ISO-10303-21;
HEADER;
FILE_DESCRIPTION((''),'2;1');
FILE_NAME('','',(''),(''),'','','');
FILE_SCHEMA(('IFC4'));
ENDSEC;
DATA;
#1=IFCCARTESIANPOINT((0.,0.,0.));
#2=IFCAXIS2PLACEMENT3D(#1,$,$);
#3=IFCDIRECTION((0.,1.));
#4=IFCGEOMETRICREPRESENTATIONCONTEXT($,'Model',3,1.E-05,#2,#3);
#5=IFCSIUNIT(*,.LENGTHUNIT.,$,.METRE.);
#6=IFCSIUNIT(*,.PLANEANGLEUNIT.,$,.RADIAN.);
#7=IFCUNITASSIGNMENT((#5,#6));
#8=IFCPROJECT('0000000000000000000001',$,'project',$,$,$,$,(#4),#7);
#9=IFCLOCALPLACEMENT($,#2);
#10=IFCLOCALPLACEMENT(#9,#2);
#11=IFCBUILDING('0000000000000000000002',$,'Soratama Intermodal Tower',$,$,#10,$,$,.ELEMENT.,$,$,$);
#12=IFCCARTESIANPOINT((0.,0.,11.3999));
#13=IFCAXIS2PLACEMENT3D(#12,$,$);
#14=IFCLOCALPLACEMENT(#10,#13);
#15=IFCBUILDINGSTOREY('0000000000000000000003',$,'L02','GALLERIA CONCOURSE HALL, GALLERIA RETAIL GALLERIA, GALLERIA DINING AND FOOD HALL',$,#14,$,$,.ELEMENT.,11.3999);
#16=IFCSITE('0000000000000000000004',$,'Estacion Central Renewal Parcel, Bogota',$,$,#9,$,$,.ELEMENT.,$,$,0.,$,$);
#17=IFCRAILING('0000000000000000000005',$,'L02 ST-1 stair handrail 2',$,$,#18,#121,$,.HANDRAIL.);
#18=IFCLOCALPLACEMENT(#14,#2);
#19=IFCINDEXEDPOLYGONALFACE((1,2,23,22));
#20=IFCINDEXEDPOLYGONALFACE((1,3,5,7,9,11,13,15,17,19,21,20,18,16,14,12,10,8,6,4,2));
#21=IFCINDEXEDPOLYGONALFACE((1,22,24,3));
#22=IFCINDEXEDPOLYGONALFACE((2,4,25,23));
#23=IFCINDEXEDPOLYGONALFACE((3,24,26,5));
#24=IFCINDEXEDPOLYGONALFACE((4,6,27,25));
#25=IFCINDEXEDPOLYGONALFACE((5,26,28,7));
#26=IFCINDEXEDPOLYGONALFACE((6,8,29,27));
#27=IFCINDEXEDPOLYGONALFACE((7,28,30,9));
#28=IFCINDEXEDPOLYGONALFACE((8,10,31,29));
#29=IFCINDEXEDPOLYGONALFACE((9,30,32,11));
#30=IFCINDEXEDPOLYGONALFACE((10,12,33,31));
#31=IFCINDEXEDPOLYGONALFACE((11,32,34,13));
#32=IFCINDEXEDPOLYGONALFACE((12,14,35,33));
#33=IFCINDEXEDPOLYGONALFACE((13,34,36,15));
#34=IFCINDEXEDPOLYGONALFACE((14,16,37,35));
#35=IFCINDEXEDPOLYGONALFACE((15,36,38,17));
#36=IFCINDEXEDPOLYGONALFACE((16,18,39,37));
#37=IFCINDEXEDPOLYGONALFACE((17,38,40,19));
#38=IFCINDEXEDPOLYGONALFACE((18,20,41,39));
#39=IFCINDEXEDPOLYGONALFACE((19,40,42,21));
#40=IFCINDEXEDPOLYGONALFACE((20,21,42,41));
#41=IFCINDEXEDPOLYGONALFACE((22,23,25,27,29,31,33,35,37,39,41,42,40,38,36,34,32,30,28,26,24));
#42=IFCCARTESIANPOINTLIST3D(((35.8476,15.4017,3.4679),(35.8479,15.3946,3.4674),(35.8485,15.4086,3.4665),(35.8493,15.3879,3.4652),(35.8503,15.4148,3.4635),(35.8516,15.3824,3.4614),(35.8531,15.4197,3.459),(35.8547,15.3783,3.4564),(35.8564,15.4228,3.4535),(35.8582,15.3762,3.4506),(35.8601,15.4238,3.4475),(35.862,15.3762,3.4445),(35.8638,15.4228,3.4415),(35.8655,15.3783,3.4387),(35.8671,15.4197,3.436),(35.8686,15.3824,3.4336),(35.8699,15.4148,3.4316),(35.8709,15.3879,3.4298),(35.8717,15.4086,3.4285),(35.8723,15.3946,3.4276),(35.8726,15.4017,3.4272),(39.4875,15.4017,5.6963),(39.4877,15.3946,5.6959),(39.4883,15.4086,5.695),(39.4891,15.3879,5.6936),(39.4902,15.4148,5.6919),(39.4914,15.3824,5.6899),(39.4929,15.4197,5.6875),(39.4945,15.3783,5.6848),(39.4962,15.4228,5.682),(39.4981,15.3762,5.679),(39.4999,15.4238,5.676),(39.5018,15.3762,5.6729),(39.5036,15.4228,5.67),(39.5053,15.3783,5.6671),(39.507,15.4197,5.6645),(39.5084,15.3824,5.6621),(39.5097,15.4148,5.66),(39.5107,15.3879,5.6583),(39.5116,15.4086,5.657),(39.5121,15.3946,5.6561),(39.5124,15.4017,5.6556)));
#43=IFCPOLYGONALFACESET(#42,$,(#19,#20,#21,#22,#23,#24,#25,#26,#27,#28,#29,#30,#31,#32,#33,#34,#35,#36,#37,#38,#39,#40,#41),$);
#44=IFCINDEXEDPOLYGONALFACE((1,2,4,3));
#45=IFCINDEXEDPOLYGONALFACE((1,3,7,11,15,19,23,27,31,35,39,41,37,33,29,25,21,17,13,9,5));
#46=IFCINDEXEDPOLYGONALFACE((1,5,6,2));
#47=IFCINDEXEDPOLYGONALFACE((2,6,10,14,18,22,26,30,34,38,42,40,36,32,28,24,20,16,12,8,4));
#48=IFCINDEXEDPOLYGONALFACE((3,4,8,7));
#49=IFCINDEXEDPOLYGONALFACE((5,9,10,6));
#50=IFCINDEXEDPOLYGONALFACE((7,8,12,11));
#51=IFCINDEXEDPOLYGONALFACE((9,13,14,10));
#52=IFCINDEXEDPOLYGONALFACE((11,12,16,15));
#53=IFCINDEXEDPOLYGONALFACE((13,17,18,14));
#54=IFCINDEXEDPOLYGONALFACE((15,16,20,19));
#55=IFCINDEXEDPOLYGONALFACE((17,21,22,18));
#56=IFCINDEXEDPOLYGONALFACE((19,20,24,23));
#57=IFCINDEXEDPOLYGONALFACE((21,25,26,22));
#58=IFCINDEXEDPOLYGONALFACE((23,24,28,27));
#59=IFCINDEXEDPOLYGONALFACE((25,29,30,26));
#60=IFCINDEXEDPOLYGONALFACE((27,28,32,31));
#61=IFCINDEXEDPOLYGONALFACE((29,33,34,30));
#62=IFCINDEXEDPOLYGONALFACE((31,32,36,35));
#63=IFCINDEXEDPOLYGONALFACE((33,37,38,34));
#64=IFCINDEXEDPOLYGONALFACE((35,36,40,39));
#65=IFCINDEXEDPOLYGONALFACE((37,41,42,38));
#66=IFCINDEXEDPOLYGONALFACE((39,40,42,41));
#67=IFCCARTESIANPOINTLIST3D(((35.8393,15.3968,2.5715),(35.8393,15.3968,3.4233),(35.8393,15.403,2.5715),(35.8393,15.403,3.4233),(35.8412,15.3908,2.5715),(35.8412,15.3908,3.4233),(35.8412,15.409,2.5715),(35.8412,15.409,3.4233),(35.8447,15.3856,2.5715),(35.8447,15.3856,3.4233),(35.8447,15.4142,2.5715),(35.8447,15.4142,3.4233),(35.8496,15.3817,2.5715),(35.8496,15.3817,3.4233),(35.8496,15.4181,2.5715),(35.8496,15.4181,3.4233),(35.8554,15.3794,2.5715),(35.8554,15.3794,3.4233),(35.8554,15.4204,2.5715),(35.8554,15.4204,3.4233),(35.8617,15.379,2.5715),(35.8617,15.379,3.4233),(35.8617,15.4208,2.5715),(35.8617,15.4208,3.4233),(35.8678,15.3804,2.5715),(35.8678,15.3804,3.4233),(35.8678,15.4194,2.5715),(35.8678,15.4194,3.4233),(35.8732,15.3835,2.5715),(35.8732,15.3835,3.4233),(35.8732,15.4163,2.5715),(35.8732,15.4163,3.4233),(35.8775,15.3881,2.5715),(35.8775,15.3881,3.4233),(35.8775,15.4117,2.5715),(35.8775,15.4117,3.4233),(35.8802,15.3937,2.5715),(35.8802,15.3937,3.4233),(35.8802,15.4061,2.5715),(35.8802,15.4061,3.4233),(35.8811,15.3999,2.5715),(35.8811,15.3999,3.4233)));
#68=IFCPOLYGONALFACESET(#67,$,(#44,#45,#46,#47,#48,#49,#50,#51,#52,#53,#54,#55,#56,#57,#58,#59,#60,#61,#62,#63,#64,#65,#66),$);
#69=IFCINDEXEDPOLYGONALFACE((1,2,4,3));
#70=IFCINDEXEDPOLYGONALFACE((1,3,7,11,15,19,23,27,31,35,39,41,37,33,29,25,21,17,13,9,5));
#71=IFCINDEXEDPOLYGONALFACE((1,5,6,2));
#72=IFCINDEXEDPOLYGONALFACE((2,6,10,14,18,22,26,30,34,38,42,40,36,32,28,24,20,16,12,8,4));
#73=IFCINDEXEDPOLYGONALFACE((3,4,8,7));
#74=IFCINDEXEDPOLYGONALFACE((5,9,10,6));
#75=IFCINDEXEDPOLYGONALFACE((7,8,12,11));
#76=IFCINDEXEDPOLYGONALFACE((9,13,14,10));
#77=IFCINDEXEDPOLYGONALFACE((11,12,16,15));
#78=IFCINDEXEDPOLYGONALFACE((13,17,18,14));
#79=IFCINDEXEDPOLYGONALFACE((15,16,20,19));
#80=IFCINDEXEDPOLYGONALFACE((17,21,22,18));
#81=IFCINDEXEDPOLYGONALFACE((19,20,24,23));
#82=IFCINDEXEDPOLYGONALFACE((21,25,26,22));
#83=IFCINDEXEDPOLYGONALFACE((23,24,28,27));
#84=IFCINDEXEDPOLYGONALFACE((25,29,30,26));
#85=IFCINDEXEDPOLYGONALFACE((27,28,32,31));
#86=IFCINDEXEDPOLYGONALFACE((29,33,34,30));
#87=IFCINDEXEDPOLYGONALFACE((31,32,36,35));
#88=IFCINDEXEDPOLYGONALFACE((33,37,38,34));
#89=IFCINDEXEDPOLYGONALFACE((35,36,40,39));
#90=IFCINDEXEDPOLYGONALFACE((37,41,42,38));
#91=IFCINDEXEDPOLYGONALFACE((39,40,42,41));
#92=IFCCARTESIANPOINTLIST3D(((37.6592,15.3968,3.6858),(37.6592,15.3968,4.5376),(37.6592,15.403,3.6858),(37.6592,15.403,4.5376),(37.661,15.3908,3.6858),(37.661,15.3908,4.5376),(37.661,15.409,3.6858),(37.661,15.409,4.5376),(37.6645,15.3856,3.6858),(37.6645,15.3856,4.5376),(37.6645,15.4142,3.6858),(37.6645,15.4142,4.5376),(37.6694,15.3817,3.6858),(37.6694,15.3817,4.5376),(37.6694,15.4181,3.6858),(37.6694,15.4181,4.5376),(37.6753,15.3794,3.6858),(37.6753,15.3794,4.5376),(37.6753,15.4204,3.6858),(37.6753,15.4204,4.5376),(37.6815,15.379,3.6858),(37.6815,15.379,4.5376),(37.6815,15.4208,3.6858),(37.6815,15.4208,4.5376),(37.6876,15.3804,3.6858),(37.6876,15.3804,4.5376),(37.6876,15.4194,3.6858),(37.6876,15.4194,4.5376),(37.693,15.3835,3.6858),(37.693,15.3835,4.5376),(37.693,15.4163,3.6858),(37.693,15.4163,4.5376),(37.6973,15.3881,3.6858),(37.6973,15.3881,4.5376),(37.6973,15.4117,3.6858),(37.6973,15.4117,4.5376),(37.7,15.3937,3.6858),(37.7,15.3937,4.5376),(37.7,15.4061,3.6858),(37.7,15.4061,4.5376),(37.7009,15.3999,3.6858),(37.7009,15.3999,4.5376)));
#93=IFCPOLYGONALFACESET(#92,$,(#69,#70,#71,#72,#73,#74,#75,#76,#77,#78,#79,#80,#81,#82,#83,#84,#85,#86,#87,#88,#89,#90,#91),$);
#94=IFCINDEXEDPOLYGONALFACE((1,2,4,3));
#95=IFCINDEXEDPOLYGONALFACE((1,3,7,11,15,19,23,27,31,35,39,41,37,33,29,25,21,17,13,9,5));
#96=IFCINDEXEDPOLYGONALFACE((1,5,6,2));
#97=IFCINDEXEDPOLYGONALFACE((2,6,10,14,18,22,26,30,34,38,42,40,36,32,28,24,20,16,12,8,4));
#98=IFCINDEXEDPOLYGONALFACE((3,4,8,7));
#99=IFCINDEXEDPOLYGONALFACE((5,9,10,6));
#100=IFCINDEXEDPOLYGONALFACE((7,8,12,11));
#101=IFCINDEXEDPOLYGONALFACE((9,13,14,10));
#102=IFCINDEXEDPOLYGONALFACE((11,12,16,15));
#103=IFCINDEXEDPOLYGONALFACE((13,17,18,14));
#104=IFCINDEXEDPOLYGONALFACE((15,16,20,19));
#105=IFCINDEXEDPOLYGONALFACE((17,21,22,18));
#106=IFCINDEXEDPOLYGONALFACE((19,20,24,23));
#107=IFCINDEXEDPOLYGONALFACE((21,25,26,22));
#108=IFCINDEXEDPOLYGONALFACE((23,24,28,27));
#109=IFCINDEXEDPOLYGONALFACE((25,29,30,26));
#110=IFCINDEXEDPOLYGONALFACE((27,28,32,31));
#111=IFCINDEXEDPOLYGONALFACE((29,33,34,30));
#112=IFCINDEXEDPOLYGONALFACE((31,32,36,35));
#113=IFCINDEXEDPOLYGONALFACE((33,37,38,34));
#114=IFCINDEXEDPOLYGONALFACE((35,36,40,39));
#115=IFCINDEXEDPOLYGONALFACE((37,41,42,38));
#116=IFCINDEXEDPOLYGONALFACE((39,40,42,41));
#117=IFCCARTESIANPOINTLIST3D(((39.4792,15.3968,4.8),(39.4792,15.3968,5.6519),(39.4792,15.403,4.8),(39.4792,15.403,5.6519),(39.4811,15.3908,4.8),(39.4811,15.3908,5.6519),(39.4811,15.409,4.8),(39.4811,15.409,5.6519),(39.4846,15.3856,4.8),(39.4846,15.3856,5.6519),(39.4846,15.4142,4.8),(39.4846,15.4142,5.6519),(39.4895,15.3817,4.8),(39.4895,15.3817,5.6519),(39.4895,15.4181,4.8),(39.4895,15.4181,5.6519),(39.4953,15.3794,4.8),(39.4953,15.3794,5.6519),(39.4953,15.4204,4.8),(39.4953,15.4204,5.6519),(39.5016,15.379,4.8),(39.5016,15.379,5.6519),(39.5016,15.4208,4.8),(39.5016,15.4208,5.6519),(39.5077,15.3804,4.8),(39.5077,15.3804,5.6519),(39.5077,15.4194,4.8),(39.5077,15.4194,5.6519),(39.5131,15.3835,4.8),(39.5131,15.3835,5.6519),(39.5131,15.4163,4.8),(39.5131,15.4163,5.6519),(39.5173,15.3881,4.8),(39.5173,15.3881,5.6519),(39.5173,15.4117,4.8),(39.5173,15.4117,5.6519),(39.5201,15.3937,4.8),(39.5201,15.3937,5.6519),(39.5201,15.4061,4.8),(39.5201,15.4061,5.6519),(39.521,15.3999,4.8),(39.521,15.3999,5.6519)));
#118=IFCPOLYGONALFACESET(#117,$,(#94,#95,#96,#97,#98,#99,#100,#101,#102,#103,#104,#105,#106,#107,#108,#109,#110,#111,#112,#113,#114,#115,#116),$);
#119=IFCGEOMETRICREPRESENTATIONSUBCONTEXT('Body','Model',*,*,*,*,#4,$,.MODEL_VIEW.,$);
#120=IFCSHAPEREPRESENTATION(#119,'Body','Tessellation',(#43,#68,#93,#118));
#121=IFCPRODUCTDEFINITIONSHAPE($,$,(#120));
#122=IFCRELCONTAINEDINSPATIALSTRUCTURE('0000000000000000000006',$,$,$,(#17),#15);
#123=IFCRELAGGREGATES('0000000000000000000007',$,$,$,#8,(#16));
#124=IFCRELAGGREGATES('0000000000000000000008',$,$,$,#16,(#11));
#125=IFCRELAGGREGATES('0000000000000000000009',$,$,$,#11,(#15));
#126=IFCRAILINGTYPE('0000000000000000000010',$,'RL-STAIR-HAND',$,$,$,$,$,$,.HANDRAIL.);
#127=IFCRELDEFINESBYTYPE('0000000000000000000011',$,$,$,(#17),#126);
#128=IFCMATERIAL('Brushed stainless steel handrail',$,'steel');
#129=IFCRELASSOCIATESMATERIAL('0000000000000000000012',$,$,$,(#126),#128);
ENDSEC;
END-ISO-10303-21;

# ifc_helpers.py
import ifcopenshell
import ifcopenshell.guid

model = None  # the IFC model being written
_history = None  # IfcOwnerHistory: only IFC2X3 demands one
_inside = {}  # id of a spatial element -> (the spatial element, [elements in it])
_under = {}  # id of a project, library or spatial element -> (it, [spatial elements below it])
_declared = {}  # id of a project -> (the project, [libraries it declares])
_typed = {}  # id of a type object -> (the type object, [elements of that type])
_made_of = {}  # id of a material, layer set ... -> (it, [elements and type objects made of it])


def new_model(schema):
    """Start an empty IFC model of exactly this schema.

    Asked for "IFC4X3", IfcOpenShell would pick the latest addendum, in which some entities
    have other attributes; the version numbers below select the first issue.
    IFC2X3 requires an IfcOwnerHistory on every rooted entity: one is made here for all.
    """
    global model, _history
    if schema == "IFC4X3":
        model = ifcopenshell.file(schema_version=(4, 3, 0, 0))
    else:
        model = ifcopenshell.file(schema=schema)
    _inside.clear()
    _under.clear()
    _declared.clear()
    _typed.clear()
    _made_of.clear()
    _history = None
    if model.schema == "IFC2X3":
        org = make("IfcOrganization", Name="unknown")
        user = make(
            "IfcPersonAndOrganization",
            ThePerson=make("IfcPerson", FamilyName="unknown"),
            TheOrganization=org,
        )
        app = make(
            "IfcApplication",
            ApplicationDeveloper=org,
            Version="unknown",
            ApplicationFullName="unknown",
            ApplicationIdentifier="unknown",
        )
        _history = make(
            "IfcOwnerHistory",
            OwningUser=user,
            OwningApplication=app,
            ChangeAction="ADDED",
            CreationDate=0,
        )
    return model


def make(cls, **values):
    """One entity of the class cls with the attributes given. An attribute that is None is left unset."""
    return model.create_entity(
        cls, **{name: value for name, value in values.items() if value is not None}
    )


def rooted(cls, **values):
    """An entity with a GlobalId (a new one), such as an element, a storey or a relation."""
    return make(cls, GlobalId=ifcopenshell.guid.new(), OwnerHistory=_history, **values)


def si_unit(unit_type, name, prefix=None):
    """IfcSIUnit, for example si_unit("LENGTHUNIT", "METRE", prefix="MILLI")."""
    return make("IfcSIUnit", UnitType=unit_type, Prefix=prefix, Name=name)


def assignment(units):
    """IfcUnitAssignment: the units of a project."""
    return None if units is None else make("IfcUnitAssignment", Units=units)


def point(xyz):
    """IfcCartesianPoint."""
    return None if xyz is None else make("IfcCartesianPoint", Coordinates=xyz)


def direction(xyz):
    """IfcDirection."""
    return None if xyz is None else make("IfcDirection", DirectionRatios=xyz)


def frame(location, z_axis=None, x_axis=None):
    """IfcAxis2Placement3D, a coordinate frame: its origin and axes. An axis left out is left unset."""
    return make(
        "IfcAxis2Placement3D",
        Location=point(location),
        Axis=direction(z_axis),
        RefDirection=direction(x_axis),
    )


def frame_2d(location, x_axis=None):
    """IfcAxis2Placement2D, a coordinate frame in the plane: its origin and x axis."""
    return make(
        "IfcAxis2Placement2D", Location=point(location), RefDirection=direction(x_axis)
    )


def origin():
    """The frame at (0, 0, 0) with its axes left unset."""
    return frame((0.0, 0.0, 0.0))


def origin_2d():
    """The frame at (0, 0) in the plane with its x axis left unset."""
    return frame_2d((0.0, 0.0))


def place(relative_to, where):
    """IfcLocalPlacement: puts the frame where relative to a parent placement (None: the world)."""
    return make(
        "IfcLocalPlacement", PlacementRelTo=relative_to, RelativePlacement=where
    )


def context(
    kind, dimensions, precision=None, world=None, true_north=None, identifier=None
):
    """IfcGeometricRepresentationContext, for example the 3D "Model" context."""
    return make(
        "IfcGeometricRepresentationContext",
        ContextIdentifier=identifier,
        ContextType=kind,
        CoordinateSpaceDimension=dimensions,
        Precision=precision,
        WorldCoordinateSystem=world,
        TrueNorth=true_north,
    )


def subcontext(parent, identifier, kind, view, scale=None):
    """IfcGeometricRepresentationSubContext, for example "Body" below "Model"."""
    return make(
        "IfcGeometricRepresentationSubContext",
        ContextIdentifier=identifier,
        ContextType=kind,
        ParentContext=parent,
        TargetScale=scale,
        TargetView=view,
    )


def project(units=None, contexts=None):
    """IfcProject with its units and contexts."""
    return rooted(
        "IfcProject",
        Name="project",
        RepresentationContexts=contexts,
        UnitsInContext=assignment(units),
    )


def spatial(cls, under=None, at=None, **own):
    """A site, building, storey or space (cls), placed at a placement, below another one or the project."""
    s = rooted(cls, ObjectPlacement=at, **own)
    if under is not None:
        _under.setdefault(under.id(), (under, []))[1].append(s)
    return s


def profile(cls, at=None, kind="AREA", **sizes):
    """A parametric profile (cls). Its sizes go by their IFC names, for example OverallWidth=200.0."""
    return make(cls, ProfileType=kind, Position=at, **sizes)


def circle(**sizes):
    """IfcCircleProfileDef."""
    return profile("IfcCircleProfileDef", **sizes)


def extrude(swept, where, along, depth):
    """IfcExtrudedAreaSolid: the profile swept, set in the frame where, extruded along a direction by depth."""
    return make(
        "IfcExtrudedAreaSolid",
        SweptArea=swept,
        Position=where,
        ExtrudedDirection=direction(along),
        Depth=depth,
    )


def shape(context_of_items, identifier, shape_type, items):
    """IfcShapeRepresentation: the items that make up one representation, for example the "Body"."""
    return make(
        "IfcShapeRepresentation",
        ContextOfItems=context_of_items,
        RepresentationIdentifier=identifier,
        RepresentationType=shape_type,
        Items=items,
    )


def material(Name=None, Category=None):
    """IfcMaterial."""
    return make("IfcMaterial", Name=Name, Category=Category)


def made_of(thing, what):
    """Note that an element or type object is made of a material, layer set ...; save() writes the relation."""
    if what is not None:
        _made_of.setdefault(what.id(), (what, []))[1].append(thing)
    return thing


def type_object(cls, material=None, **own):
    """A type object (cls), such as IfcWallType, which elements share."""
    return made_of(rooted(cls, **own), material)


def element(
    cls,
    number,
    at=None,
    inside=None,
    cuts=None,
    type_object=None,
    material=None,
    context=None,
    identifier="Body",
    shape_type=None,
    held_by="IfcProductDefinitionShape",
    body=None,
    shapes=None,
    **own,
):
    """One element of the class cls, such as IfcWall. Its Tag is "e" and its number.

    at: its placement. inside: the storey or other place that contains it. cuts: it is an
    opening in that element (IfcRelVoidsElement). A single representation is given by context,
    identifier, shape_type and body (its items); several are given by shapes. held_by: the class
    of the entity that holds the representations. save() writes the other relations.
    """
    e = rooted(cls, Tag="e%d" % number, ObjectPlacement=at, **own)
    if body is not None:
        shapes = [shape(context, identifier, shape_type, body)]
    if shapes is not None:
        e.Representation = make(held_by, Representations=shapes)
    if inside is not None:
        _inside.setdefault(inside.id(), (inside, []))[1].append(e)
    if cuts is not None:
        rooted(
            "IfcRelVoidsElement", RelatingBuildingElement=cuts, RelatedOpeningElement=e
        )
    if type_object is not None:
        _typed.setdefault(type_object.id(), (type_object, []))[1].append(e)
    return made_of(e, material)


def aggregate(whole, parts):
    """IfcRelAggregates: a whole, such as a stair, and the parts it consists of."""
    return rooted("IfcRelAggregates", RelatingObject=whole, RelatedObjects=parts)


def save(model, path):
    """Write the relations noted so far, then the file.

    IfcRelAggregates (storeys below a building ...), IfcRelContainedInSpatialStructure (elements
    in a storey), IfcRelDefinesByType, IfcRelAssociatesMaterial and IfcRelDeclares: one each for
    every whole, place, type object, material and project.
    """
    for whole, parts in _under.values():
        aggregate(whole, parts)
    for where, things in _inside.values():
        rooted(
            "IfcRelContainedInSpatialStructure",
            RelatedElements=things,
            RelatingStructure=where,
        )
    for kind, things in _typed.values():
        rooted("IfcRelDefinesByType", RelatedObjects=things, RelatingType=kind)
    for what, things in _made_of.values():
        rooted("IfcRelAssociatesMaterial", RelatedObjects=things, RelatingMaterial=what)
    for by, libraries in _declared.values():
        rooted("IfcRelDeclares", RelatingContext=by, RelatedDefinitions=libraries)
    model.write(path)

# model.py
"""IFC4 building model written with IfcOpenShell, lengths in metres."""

from ifc_helpers import new_model, si_unit, direction, frame, origin, origin_2d, place, context, subcontext, project, spatial, circle, extrude, material, type_object, element, save


model = new_model("IFC4")

# Units and contexts
model_context = context("Model", 3, precision=1e-05, world=origin(), true_north=direction((0.0, 1.0)))
body_context = subcontext(model_context, "Body", "Model", "MODEL_VIEW")
ifc_project = project(units=[si_unit("LENGTHUNIT", "METRE"), si_unit("PLANEANGLEUNIT", "RADIAN")], contexts=[model_context])

# Site, building, storey
site_placement = place(None, origin())
site = spatial("IfcSite", under=ifc_project, at=site_placement, Name="Estacion Central Renewal Parcel, Bogota", CompositionType="ELEMENT", RefElevation=0.0)
building_placement = place(site_placement, origin())
building = spatial("IfcBuilding", under=site, at=building_placement, Name="Soratama Intermodal Tower", CompositionType="ELEMENT")
storey_placement = place(building_placement, frame((0.0, 0.0, 11.3999)))
storey = spatial("IfcBuildingStorey", under=building, at=storey_placement, Name="L02", Description="GALLERIA CONCOURSE HALL, GALLERIA RETAIL GALLERIA, GALLERIA DINING AND FOOD HALL", CompositionType="ELEMENT", Elevation=11.3999)

# Railing
ifc_material_1 = material(Name="Brushed stainless steel handrail", Category="steel")
railing_type_1 = type_object("IfcRailingType", Name="RL-STAIR-HAND", PredefinedType="HANDRAIL", material=ifc_material_1)
railing_1_placement = place(storey_placement, frame((35.8601, 15.3999, 2.5715)))
element("IfcRailing", 1, at=railing_1_placement, inside=storey, type_object=railing_type_1, Name="L02 ST-1 stair handrail 2", PredefinedType="HANDRAIL", context=body_context, shape_type="SweptSolid", body=[
    extrude(circle(Radius=0.0239, at=origin_2d()), frame((0.0, 0.0, 0.876), z_axis=(0.85285, 0.0, 0.522156), x_axis=(0.0, 1.0, 0.0)), (0.0, 0.0, 1.0), 4.2678),
    extrude(circle(Radius=0.021, at=origin_2d()), origin(), (0.0, 0.0, 1.0), 0.8518),
    extrude(circle(Radius=0.021, at=origin_2d()), frame((1.8198, 0.0, 1.1143)), (0.0, 0.0, 1.0), 0.8518),
    extrude(circle(Radius=0.021, at=origin_2d()), frame((3.6399, 0.0, 2.2285)), (0.0, 0.0, 1.0), 0.8518),
])

save(model, "model.ifc")
